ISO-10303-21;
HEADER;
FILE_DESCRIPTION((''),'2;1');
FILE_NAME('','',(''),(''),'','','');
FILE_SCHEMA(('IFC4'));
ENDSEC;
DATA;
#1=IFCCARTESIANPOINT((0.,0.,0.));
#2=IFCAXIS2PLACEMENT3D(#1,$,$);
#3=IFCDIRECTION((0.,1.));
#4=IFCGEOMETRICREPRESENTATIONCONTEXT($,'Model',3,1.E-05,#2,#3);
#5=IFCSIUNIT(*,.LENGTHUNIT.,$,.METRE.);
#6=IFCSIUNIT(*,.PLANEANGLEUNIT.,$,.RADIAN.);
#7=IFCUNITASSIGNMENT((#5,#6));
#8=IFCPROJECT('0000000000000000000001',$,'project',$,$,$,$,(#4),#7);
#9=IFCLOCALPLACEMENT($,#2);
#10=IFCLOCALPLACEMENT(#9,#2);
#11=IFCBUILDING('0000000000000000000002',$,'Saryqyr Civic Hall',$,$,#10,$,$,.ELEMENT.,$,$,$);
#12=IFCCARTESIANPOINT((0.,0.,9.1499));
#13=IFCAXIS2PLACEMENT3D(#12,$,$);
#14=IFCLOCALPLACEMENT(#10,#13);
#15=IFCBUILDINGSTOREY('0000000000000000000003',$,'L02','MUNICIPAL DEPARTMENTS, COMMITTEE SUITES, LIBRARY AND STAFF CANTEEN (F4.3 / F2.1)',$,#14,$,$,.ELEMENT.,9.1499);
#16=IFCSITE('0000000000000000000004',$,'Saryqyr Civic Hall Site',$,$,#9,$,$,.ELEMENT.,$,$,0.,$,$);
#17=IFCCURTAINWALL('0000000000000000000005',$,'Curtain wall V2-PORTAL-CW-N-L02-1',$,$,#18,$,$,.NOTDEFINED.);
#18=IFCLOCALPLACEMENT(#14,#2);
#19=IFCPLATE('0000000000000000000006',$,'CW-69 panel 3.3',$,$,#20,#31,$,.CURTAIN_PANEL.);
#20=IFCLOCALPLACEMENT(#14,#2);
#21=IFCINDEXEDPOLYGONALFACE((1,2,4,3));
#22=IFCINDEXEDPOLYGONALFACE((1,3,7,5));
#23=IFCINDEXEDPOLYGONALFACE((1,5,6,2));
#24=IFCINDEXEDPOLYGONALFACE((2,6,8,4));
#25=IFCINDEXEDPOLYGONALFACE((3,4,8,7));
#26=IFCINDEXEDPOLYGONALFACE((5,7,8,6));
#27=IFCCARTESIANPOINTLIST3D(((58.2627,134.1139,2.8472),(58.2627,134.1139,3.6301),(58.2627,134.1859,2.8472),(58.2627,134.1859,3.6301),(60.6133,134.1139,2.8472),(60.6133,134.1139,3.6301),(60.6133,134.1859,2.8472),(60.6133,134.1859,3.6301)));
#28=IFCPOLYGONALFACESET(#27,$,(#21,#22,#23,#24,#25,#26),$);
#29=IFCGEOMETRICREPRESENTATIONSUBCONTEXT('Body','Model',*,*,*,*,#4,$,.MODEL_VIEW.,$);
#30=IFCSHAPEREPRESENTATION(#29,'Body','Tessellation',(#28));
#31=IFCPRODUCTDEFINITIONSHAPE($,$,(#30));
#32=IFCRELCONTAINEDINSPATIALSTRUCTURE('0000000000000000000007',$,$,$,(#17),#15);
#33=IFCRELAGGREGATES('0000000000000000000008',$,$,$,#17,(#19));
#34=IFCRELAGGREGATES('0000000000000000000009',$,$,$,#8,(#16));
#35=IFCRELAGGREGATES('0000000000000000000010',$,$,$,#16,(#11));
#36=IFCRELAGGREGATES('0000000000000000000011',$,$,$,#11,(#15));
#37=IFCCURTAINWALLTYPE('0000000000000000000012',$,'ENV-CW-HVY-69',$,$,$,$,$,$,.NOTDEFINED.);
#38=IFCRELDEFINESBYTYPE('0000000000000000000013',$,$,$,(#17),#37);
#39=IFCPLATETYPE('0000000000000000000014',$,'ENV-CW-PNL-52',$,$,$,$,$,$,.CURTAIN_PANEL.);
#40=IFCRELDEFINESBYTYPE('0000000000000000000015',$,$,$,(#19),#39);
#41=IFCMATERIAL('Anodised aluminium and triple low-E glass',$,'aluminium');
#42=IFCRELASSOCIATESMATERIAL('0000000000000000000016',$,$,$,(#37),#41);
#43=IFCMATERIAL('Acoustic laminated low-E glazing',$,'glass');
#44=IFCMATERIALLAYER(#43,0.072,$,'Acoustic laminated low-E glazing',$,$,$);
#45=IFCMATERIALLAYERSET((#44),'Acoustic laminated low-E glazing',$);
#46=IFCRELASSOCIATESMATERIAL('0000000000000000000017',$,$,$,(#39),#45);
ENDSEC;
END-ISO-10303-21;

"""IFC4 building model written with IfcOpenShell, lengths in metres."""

from ifc_helpers import new_model, si_unit, direction, frame, origin, origin_2d, place, context, subcontext, project, spatial, rectangle, extrude, material, layer, layer_set, type_object, element, aggregate, save


model = new_model("IFC4")

# Units and contexts
model_context = context("Model", 3, precision=1e-05, world=origin(), true_north=direction((0.0, 1.0)))
body_context = subcontext(model_context, "Body", "Model", "MODEL_VIEW")
ifc_project = project(units=[si_unit("LENGTHUNIT", "METRE"), si_unit("PLANEANGLEUNIT", "RADIAN")], contexts=[model_context])

# Site, building, storey
site_placement = place(None, origin())
site = spatial("IfcSite", under=ifc_project, at=site_placement, Name="Saryqyr Civic Hall Site", CompositionType="ELEMENT", RefElevation=0.0)
building_placement = place(site_placement, origin())
building = spatial("IfcBuilding", under=site, at=building_placement, Name="Saryqyr Civic Hall", CompositionType="ELEMENT")
storey_placement = place(building_placement, frame((0.0, 0.0, 9.1499)))
storey = spatial("IfcBuildingStorey", under=building, at=storey_placement, Name="L02", Description="MUNICIPAL DEPARTMENTS, COMMITTEE SUITES, LIBRARY AND STAFF CANTEEN (F4.3 / F2.1)", CompositionType="ELEMENT", Elevation=9.1499)

# Shared definitions
ifc_material_1 = material(Name="Anodised aluminium and triple low-E glass", Category="aluminium")
curtain_wall_type = type_object("IfcCurtainWallType", Name="ENV-CW-HVY-69", PredefinedType="NOTDEFINED", material=ifc_material_1)

# Curtain wall
curtain_wall_1_placement = place(storey_placement, origin())
curtain_wall_1 = element("IfcCurtainWall", 1, at=curtain_wall_1_placement, inside=storey, type_object=curtain_wall_type, Name="Curtain wall V2-PORTAL-CW-N-L02-1", PredefinedType="NOTDEFINED")

# Plate
ifc_material_2 = material(Name="Acoustic laminated low-E glazing", Category="glass")
ifc_layer = layer(ifc_material_2, 0.072, Name="Acoustic laminated low-E glazing")
ifc_layer_set = layer_set([ifc_layer], Name="Acoustic laminated low-E glazing")
plate_type = type_object("IfcPlateType", Name="ENV-CW-PNL-52", PredefinedType="CURTAIN_PANEL", material=ifc_layer_set)
plate_1_placement = place(storey_placement, frame((59.438, 134.1499, 2.8472), z_axis=(0.0, 0.0, 1.0), x_axis=(1.0, 0.0, 0.0)))
plate_1 = element("IfcPlate", 2, at=plate_1_placement, type_object=plate_type, Name="CW-69 panel 3.3", PredefinedType="CURTAIN_PANEL", context=body_context, shape_type="SweptSolid", body=[
    extrude(rectangle(XDim=2.3506, YDim=0.072, at=origin_2d()), origin(), (0.0, 0.0, 1.0), 0.783),
])
aggregate(curtain_wall_1, [plate_1])

save(model, "model.ifc")
